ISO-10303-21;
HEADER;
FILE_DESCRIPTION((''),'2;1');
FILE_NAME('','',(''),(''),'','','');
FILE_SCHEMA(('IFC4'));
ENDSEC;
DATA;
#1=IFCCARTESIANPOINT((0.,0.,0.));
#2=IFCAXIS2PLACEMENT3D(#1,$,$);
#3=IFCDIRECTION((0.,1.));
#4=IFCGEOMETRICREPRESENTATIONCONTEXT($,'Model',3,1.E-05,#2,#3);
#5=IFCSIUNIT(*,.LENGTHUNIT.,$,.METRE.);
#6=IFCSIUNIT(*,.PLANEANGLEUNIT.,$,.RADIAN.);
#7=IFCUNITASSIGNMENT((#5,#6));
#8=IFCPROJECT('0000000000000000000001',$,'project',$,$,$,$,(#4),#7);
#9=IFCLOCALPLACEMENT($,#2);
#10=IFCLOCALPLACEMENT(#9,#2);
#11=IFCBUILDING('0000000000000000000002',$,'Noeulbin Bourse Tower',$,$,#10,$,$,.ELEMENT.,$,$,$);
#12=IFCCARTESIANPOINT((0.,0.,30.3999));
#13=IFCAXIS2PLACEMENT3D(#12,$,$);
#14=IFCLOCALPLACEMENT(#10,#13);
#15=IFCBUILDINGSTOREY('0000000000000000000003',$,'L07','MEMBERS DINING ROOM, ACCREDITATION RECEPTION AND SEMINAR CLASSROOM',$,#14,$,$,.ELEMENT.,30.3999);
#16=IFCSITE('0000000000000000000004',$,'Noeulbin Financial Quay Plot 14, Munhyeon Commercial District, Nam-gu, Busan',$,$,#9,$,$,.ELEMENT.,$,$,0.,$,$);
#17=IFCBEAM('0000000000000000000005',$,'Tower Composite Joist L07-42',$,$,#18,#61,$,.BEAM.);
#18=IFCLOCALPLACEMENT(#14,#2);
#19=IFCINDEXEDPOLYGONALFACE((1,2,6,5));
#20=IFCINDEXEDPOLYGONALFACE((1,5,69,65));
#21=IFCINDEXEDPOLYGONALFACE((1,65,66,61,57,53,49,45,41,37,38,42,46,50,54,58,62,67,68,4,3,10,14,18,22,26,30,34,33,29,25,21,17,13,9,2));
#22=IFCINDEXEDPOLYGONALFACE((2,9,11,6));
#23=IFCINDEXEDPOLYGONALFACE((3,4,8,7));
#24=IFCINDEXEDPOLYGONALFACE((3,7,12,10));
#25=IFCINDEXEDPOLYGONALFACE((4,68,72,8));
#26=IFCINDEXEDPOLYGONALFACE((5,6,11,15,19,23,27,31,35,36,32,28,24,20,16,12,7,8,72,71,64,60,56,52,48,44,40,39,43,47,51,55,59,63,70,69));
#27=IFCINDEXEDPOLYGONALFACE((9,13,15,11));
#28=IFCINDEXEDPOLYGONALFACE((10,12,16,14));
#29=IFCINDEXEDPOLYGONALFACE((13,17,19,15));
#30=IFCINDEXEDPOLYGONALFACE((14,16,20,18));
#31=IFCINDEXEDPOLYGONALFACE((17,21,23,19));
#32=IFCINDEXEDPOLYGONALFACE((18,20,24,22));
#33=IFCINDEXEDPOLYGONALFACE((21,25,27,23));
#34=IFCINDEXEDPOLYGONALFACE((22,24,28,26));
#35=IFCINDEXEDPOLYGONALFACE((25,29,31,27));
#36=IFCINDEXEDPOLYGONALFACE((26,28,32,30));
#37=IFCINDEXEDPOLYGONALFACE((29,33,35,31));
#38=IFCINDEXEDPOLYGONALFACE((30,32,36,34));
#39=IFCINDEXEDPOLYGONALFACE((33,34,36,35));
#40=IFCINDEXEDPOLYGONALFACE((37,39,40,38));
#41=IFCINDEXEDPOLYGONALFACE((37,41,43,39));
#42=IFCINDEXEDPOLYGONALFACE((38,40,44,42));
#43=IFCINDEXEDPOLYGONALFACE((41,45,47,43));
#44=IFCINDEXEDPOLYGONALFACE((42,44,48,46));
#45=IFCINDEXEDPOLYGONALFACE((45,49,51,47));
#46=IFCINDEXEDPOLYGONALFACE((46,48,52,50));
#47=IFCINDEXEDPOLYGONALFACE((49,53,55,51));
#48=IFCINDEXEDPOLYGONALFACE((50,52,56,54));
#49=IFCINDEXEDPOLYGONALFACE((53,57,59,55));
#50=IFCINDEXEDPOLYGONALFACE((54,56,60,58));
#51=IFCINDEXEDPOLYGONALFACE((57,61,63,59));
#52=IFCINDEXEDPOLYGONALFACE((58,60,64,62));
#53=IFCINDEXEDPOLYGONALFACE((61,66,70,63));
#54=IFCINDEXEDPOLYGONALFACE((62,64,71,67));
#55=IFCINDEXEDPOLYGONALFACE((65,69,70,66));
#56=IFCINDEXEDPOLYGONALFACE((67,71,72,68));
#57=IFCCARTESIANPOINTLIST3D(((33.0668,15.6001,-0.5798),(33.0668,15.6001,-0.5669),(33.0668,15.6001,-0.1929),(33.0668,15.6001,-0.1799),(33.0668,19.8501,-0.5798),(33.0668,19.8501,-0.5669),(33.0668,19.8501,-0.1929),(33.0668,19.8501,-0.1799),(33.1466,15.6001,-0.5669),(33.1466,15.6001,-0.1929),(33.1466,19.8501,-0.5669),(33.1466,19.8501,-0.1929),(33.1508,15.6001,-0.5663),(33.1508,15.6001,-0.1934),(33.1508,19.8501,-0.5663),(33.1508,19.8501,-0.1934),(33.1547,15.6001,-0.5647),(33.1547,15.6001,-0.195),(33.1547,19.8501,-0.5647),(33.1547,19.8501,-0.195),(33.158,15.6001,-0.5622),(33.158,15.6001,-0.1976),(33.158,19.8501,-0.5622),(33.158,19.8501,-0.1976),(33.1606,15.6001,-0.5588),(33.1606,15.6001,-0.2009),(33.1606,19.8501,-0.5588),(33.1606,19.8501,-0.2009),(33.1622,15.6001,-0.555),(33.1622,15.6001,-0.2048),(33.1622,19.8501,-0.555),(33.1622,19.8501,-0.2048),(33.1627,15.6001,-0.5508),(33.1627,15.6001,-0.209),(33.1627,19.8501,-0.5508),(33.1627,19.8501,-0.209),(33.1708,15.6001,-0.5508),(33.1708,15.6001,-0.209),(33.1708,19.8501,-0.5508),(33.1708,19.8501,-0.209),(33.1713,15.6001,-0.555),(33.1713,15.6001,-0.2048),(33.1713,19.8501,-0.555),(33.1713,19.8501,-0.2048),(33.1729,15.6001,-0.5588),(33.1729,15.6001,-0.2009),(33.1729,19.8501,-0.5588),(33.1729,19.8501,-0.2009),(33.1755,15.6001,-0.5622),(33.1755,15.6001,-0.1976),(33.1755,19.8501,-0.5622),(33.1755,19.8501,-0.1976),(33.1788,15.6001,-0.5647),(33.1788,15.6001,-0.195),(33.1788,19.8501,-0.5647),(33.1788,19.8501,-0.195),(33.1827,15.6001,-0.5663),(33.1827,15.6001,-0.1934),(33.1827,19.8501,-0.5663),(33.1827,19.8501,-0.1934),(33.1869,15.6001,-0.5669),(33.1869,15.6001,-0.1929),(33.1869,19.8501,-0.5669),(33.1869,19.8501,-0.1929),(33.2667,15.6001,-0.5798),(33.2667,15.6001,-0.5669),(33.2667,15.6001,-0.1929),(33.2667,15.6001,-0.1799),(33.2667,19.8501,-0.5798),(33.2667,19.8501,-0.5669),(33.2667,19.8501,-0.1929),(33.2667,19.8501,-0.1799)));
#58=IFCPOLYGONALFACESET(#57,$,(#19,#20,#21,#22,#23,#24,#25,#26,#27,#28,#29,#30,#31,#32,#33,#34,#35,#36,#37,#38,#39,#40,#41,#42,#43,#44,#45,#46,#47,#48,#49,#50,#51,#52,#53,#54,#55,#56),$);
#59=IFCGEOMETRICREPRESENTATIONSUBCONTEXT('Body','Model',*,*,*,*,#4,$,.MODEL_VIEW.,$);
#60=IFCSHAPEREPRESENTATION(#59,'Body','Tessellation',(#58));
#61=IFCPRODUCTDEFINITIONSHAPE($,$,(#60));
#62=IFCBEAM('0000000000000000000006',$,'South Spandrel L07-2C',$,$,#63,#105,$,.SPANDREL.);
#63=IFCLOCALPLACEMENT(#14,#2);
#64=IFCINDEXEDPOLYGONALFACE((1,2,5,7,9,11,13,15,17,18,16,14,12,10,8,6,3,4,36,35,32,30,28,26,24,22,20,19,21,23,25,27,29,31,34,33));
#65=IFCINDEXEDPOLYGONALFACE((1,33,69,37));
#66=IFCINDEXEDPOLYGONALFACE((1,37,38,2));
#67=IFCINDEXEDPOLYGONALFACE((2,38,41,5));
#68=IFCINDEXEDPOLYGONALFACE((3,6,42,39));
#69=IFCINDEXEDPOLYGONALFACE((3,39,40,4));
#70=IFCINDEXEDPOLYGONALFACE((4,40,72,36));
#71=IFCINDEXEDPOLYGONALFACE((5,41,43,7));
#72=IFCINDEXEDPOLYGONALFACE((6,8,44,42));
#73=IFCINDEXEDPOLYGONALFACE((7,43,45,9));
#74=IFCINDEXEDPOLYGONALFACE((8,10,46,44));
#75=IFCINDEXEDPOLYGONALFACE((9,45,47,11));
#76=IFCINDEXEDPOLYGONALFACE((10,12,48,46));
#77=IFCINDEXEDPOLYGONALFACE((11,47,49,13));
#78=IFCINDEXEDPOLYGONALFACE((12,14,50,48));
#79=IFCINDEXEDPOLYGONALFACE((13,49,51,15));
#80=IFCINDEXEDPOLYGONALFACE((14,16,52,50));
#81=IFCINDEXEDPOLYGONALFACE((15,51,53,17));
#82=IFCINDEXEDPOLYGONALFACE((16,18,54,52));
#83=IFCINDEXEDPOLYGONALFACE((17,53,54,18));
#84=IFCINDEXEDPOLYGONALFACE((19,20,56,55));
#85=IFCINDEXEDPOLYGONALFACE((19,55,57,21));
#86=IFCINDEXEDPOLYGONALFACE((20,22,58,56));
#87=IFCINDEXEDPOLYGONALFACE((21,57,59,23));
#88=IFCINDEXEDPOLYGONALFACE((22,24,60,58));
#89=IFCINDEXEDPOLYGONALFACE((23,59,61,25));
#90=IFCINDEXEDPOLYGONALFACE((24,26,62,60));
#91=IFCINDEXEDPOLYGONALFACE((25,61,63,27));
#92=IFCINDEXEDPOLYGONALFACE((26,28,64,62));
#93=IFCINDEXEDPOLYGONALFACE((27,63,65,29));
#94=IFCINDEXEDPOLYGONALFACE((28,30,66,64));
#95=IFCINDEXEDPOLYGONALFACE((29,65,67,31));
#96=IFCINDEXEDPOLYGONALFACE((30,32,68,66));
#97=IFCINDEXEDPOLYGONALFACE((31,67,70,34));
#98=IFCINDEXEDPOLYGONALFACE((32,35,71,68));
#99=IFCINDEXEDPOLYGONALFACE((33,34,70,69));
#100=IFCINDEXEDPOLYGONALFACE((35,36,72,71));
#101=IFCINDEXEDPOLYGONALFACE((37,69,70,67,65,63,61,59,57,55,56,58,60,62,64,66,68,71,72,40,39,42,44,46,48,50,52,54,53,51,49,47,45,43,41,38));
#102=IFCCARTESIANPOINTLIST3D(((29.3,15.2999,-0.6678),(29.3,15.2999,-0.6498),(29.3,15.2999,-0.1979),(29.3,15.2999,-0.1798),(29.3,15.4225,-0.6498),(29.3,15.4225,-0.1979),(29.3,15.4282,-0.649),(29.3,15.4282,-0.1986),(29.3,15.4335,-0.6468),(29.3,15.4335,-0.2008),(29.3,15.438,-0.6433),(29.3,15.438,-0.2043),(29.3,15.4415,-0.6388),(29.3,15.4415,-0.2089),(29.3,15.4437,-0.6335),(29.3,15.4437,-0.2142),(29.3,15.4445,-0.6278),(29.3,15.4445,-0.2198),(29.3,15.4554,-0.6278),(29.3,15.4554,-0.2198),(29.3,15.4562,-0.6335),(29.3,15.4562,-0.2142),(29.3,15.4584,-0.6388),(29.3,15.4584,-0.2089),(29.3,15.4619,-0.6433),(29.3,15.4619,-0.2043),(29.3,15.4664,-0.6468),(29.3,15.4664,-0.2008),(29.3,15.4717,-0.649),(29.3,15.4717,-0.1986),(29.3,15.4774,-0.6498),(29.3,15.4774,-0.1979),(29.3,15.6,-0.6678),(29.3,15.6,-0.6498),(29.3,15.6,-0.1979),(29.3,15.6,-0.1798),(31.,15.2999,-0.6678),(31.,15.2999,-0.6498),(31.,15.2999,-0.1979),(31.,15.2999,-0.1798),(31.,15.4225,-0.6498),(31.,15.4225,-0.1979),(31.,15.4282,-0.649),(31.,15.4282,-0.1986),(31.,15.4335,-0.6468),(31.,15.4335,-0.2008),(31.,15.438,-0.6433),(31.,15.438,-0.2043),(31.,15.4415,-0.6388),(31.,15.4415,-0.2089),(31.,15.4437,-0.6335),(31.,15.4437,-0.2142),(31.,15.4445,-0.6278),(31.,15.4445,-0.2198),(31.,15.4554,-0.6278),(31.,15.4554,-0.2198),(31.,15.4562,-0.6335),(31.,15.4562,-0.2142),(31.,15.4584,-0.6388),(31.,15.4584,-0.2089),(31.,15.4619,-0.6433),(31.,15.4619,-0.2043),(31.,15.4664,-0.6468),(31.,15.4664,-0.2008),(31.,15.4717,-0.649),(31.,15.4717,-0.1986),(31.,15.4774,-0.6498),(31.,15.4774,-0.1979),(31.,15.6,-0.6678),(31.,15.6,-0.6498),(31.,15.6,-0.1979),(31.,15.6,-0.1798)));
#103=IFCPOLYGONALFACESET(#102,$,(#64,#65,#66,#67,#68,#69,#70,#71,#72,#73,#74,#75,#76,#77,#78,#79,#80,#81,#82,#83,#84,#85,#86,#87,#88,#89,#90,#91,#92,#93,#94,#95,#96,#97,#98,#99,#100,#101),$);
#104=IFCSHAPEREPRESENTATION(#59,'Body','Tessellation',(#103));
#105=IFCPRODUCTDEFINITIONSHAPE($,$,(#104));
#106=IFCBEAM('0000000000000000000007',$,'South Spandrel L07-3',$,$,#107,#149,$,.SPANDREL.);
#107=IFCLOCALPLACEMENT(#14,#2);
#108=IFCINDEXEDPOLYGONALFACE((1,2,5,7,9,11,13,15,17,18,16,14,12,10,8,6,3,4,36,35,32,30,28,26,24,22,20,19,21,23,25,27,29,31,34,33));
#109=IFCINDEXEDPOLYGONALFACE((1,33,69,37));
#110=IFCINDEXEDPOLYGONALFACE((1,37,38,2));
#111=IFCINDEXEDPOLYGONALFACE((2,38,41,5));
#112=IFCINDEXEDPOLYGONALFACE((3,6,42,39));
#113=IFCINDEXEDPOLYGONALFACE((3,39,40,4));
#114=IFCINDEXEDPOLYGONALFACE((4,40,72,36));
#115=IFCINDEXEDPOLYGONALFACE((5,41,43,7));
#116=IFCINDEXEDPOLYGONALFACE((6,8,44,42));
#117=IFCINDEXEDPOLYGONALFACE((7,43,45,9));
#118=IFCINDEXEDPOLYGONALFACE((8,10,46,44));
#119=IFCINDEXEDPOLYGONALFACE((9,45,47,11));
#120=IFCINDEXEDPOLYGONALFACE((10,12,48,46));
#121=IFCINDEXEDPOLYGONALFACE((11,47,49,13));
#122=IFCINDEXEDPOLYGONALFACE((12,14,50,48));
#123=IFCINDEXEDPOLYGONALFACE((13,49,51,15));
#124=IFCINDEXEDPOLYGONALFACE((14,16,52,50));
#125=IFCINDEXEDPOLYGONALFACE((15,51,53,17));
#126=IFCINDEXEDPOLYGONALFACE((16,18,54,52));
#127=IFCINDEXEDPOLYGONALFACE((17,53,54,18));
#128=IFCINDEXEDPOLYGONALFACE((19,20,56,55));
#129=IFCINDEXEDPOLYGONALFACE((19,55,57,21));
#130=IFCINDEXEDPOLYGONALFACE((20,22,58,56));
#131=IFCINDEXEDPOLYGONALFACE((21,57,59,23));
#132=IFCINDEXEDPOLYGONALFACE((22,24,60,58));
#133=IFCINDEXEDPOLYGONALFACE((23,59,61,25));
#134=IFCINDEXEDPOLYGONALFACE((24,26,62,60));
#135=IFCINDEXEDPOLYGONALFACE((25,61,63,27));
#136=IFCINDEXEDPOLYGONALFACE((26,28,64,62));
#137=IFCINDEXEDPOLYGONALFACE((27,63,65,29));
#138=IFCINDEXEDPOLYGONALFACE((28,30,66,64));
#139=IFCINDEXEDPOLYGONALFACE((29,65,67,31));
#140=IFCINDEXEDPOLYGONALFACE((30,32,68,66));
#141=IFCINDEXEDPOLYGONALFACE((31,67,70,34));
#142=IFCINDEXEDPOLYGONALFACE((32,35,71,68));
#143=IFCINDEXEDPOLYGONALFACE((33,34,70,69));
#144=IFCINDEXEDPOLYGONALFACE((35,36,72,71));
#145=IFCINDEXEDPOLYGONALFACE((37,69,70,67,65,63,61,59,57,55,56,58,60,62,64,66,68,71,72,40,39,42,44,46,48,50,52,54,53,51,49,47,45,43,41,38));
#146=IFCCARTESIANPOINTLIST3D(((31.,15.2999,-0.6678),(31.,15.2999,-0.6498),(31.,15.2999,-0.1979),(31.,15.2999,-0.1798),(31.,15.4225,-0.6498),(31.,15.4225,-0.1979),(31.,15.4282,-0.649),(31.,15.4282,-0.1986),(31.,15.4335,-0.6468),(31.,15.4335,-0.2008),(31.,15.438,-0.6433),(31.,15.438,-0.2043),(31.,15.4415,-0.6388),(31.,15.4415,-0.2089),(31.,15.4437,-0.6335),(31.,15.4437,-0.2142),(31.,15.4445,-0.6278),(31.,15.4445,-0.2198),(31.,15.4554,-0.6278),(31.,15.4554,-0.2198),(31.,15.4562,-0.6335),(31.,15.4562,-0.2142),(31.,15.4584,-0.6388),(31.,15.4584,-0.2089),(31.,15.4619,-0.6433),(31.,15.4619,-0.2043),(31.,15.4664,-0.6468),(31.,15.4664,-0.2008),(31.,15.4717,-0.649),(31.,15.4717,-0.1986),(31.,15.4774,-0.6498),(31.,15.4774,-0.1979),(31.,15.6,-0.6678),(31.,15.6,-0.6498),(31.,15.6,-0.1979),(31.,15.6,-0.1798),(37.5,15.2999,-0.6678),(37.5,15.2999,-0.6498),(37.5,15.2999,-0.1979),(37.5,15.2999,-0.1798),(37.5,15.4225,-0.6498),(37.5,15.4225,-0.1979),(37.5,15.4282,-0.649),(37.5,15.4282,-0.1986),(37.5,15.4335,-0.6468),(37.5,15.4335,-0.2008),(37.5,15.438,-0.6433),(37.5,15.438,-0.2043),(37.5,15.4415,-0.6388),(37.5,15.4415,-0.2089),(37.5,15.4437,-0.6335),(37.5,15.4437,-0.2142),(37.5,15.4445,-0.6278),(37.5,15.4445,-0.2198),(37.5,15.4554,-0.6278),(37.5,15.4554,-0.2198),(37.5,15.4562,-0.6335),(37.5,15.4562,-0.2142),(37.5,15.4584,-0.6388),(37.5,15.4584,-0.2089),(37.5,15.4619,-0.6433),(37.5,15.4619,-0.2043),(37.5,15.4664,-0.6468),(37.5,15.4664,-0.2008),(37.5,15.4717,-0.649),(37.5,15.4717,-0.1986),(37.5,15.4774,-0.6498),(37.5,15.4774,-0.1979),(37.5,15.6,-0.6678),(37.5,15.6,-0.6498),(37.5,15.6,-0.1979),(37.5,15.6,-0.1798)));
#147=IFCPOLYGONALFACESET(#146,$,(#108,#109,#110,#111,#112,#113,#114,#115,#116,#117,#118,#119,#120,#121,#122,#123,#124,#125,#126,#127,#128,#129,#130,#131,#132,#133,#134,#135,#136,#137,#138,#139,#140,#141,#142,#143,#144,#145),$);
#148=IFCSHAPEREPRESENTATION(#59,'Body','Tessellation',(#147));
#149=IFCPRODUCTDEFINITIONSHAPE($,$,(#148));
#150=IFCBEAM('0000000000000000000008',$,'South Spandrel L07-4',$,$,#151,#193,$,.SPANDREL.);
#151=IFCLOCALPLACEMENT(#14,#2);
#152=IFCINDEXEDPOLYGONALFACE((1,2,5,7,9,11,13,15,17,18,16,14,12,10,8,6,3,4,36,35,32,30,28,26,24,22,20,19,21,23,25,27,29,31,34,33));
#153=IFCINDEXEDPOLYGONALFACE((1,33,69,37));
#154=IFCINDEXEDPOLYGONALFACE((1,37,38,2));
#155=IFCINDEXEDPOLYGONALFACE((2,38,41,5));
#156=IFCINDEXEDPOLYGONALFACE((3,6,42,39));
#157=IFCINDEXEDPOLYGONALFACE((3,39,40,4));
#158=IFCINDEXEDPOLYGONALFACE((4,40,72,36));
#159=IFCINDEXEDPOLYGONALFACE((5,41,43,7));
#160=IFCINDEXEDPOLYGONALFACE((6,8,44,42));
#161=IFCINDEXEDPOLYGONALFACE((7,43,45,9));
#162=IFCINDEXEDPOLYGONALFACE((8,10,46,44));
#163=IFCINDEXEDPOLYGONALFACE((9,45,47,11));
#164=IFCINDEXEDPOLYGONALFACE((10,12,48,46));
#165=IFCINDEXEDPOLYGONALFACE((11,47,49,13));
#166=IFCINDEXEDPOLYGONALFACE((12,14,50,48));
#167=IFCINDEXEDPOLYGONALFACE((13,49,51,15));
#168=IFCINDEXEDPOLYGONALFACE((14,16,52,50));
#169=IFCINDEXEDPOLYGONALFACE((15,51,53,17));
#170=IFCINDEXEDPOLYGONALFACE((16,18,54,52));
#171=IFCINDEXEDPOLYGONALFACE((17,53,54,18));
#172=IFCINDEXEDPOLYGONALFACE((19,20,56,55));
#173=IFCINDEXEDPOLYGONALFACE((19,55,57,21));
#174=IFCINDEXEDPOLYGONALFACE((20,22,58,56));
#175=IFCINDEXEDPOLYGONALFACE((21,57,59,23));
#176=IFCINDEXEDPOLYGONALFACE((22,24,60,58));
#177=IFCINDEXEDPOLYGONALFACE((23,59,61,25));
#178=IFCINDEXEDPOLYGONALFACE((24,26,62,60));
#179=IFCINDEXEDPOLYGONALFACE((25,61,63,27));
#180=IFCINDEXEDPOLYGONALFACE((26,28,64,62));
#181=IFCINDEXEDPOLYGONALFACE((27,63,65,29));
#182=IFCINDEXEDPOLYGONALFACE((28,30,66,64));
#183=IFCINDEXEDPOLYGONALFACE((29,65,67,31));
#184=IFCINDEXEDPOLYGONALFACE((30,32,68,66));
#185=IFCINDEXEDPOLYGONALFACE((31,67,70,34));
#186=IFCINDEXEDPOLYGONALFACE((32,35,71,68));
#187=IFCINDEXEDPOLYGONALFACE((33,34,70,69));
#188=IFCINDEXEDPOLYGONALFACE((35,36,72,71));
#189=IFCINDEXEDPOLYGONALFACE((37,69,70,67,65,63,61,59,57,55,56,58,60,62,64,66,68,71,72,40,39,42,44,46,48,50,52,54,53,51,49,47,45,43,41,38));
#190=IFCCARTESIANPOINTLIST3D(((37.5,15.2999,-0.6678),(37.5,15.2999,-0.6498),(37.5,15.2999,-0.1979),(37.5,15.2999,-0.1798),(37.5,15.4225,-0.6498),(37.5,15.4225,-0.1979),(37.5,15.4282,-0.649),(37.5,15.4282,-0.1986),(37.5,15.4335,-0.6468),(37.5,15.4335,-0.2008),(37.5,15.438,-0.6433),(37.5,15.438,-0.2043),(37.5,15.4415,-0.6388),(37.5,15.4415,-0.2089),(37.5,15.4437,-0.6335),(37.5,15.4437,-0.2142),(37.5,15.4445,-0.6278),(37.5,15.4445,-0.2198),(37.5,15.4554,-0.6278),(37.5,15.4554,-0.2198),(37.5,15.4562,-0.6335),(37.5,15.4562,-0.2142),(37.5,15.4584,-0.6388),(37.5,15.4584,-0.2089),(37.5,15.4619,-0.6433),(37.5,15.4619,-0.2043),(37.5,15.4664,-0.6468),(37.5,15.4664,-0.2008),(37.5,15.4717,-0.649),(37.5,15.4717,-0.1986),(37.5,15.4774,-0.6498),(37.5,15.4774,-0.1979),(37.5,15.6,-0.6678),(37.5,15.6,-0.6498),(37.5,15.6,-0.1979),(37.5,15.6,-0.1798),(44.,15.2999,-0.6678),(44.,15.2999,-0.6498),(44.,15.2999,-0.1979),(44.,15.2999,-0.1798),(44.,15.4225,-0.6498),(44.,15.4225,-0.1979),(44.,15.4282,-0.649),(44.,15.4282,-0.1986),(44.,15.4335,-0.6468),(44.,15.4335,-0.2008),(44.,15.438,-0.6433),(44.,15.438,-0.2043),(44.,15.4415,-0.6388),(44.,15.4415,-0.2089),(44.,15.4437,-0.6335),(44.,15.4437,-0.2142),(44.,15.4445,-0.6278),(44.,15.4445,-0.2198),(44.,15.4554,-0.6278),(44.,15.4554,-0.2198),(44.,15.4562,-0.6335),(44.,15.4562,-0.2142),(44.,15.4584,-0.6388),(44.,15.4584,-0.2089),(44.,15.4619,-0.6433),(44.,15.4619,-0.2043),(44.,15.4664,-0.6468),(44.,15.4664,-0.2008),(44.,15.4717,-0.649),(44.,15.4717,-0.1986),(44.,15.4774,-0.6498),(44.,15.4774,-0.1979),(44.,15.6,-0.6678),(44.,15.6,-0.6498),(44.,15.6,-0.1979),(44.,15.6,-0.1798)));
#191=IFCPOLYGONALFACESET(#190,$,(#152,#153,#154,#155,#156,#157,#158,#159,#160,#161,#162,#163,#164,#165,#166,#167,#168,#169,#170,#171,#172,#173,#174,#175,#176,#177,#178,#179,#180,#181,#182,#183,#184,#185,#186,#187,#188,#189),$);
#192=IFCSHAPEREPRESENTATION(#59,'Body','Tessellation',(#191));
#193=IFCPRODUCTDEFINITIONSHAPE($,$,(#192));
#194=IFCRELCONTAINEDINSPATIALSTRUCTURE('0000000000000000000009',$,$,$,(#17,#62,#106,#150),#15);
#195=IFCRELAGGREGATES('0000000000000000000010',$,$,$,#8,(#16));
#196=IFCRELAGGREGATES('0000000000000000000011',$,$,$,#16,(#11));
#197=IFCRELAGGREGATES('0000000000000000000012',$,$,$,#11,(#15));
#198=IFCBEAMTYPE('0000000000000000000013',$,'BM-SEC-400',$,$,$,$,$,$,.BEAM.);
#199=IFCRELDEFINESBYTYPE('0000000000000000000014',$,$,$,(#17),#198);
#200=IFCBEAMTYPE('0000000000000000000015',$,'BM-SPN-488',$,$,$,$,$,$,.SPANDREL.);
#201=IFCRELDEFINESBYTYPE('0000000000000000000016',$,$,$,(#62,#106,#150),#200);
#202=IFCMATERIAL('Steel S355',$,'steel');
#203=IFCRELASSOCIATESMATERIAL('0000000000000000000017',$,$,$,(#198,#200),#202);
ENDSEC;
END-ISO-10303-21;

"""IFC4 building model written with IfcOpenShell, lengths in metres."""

from ifc_helpers import new_model, si_unit, direction, frame, origin, origin_2d, place, context, subcontext, project, spatial, i_section, extrude, material, material_profile, profile_set, type_object, element, save


model = new_model("IFC4")

# Units and contexts
model_context = context("Model", 3, precision=1e-05, world=origin(), true_north=direction((0.0, 1.0)))
body_context = subcontext(model_context, "Body", "Model", "MODEL_VIEW")
ifc_project = project(units=[si_unit("LENGTHUNIT", "METRE"), si_unit("PLANEANGLEUNIT", "RADIAN")], contexts=[model_context])

# Site, building, storey
site_placement = place(None, origin())
site = spatial("IfcSite", under=ifc_project, at=site_placement, Name="Noeulbin Financial Quay Plot 14, Munhyeon Commercial District, Nam-gu, Busan", CompositionType="ELEMENT", RefElevation=0.0)
building_placement = place(site_placement, origin())
building = spatial("IfcBuilding", under=site, at=building_placement, Name="Noeulbin Bourse Tower", CompositionType="ELEMENT")
storey_placement = place(building_placement, frame((0.0, 0.0, 30.3999)))
storey = spatial("IfcBuildingStorey", under=building, at=storey_placement, Name="L07", Description="MEMBERS DINING ROOM, ACCREDITATION RECEPTION AND SEMINAR CLASSROOM", CompositionType="ELEMENT", Elevation=30.3999)

# Beams
ifc_material_1 = material(Name="Steel S355", Category="steel")
ifc_material_profile_1 = material_profile(ifc_material_1, i_section(OverallWidth=0.2, OverallDepth=0.3999, WebThickness=0.0081, FlangeThickness=0.0129, FilletRadius=0.0161, at=origin_2d()), Name="H-400x200x8x13", Category="LoadBearing")
ifc_profile_set_1 = profile_set([ifc_material_profile_1], Name="Steel S355")
beam_type_1 = type_object("IfcBeamType", Name="BM-SEC-400", PredefinedType="BEAM", material=ifc_profile_set_1)
for number, where, z_axis, x_axis, name in (
    (1, (33.1667, 15.6001, -0.3799), (0.0, 1.0, 0.0), (-1.0, 0.0, 0.0), "Tower Composite Joist L07-42"),
):
    element("IfcBeam", number, at=place(storey_placement, frame(where, z_axis=z_axis, x_axis=x_axis)), inside=storey, type_object=beam_type_1, Name=name, PredefinedType="BEAM", context=body_context, shape_type="SweptSolid", body=[
        extrude(i_section(OverallWidth=0.2, OverallDepth=0.3999, WebThickness=0.0081, FlangeThickness=0.0129, FilletRadius=0.0161, at=origin_2d()), origin(), (0.0, 0.0, 1.0), 4.25),
    ])
ifc_material_profile_2 = material_profile(ifc_material_1, i_section(OverallWidth=0.3, OverallDepth=0.488, WebThickness=0.011, FlangeThickness=0.0181, FilletRadius=0.022, at=origin_2d()), Name="H-488x300x11x18", Category="LoadBearing")
ifc_profile_set_2 = profile_set([ifc_material_profile_2], Name="Steel S355")
beam_type_2 = type_object("IfcBeamType", Name="BM-SPN-488", PredefinedType="SPANDREL", material=ifc_profile_set_2)
beam_1_placement = place(storey_placement, frame((29.3, 15.45, -0.4238), z_axis=(1.0, 0.0, 0.0), x_axis=(0.0, 1.0, 0.0)))
element("IfcBeam", 2, at=beam_1_placement, inside=storey, type_object=beam_type_2, Name="South Spandrel L07-2C", PredefinedType="SPANDREL", context=body_context, shape_type="SweptSolid", body=[
    extrude(i_section(OverallWidth=0.3, OverallDepth=0.488, WebThickness=0.011, FlangeThickness=0.0181, FilletRadius=0.022, at=origin_2d()), origin(), (0.0, 0.0, 1.0), 1.7),
])
for number, where, z_axis, x_axis, name in (
    (3, (31.0, 15.45, -0.4238), (1.0, 0.0, 0.0), (0.0, 1.0, 0.0), "South Spandrel L07-3"),
    (4, (37.5, 15.45, -0.4238), (1.0, 0.0, 0.0), (0.0, 1.0, 0.0), "South Spandrel L07-4"),
):
    element("IfcBeam", number, at=place(storey_placement, frame(where, z_axis=z_axis, x_axis=x_axis)), inside=storey, type_object=beam_type_2, Name=name, PredefinedType="SPANDREL", context=body_context, shape_type="SweptSolid", body=[
        extrude(i_section(OverallWidth=0.3, OverallDepth=0.488, WebThickness=0.011, FlangeThickness=0.0181, FilletRadius=0.022, at=origin_2d()), origin(), (0.0, 0.0, 1.0), 6.5),
    ])

save(model, "model.ifc")
